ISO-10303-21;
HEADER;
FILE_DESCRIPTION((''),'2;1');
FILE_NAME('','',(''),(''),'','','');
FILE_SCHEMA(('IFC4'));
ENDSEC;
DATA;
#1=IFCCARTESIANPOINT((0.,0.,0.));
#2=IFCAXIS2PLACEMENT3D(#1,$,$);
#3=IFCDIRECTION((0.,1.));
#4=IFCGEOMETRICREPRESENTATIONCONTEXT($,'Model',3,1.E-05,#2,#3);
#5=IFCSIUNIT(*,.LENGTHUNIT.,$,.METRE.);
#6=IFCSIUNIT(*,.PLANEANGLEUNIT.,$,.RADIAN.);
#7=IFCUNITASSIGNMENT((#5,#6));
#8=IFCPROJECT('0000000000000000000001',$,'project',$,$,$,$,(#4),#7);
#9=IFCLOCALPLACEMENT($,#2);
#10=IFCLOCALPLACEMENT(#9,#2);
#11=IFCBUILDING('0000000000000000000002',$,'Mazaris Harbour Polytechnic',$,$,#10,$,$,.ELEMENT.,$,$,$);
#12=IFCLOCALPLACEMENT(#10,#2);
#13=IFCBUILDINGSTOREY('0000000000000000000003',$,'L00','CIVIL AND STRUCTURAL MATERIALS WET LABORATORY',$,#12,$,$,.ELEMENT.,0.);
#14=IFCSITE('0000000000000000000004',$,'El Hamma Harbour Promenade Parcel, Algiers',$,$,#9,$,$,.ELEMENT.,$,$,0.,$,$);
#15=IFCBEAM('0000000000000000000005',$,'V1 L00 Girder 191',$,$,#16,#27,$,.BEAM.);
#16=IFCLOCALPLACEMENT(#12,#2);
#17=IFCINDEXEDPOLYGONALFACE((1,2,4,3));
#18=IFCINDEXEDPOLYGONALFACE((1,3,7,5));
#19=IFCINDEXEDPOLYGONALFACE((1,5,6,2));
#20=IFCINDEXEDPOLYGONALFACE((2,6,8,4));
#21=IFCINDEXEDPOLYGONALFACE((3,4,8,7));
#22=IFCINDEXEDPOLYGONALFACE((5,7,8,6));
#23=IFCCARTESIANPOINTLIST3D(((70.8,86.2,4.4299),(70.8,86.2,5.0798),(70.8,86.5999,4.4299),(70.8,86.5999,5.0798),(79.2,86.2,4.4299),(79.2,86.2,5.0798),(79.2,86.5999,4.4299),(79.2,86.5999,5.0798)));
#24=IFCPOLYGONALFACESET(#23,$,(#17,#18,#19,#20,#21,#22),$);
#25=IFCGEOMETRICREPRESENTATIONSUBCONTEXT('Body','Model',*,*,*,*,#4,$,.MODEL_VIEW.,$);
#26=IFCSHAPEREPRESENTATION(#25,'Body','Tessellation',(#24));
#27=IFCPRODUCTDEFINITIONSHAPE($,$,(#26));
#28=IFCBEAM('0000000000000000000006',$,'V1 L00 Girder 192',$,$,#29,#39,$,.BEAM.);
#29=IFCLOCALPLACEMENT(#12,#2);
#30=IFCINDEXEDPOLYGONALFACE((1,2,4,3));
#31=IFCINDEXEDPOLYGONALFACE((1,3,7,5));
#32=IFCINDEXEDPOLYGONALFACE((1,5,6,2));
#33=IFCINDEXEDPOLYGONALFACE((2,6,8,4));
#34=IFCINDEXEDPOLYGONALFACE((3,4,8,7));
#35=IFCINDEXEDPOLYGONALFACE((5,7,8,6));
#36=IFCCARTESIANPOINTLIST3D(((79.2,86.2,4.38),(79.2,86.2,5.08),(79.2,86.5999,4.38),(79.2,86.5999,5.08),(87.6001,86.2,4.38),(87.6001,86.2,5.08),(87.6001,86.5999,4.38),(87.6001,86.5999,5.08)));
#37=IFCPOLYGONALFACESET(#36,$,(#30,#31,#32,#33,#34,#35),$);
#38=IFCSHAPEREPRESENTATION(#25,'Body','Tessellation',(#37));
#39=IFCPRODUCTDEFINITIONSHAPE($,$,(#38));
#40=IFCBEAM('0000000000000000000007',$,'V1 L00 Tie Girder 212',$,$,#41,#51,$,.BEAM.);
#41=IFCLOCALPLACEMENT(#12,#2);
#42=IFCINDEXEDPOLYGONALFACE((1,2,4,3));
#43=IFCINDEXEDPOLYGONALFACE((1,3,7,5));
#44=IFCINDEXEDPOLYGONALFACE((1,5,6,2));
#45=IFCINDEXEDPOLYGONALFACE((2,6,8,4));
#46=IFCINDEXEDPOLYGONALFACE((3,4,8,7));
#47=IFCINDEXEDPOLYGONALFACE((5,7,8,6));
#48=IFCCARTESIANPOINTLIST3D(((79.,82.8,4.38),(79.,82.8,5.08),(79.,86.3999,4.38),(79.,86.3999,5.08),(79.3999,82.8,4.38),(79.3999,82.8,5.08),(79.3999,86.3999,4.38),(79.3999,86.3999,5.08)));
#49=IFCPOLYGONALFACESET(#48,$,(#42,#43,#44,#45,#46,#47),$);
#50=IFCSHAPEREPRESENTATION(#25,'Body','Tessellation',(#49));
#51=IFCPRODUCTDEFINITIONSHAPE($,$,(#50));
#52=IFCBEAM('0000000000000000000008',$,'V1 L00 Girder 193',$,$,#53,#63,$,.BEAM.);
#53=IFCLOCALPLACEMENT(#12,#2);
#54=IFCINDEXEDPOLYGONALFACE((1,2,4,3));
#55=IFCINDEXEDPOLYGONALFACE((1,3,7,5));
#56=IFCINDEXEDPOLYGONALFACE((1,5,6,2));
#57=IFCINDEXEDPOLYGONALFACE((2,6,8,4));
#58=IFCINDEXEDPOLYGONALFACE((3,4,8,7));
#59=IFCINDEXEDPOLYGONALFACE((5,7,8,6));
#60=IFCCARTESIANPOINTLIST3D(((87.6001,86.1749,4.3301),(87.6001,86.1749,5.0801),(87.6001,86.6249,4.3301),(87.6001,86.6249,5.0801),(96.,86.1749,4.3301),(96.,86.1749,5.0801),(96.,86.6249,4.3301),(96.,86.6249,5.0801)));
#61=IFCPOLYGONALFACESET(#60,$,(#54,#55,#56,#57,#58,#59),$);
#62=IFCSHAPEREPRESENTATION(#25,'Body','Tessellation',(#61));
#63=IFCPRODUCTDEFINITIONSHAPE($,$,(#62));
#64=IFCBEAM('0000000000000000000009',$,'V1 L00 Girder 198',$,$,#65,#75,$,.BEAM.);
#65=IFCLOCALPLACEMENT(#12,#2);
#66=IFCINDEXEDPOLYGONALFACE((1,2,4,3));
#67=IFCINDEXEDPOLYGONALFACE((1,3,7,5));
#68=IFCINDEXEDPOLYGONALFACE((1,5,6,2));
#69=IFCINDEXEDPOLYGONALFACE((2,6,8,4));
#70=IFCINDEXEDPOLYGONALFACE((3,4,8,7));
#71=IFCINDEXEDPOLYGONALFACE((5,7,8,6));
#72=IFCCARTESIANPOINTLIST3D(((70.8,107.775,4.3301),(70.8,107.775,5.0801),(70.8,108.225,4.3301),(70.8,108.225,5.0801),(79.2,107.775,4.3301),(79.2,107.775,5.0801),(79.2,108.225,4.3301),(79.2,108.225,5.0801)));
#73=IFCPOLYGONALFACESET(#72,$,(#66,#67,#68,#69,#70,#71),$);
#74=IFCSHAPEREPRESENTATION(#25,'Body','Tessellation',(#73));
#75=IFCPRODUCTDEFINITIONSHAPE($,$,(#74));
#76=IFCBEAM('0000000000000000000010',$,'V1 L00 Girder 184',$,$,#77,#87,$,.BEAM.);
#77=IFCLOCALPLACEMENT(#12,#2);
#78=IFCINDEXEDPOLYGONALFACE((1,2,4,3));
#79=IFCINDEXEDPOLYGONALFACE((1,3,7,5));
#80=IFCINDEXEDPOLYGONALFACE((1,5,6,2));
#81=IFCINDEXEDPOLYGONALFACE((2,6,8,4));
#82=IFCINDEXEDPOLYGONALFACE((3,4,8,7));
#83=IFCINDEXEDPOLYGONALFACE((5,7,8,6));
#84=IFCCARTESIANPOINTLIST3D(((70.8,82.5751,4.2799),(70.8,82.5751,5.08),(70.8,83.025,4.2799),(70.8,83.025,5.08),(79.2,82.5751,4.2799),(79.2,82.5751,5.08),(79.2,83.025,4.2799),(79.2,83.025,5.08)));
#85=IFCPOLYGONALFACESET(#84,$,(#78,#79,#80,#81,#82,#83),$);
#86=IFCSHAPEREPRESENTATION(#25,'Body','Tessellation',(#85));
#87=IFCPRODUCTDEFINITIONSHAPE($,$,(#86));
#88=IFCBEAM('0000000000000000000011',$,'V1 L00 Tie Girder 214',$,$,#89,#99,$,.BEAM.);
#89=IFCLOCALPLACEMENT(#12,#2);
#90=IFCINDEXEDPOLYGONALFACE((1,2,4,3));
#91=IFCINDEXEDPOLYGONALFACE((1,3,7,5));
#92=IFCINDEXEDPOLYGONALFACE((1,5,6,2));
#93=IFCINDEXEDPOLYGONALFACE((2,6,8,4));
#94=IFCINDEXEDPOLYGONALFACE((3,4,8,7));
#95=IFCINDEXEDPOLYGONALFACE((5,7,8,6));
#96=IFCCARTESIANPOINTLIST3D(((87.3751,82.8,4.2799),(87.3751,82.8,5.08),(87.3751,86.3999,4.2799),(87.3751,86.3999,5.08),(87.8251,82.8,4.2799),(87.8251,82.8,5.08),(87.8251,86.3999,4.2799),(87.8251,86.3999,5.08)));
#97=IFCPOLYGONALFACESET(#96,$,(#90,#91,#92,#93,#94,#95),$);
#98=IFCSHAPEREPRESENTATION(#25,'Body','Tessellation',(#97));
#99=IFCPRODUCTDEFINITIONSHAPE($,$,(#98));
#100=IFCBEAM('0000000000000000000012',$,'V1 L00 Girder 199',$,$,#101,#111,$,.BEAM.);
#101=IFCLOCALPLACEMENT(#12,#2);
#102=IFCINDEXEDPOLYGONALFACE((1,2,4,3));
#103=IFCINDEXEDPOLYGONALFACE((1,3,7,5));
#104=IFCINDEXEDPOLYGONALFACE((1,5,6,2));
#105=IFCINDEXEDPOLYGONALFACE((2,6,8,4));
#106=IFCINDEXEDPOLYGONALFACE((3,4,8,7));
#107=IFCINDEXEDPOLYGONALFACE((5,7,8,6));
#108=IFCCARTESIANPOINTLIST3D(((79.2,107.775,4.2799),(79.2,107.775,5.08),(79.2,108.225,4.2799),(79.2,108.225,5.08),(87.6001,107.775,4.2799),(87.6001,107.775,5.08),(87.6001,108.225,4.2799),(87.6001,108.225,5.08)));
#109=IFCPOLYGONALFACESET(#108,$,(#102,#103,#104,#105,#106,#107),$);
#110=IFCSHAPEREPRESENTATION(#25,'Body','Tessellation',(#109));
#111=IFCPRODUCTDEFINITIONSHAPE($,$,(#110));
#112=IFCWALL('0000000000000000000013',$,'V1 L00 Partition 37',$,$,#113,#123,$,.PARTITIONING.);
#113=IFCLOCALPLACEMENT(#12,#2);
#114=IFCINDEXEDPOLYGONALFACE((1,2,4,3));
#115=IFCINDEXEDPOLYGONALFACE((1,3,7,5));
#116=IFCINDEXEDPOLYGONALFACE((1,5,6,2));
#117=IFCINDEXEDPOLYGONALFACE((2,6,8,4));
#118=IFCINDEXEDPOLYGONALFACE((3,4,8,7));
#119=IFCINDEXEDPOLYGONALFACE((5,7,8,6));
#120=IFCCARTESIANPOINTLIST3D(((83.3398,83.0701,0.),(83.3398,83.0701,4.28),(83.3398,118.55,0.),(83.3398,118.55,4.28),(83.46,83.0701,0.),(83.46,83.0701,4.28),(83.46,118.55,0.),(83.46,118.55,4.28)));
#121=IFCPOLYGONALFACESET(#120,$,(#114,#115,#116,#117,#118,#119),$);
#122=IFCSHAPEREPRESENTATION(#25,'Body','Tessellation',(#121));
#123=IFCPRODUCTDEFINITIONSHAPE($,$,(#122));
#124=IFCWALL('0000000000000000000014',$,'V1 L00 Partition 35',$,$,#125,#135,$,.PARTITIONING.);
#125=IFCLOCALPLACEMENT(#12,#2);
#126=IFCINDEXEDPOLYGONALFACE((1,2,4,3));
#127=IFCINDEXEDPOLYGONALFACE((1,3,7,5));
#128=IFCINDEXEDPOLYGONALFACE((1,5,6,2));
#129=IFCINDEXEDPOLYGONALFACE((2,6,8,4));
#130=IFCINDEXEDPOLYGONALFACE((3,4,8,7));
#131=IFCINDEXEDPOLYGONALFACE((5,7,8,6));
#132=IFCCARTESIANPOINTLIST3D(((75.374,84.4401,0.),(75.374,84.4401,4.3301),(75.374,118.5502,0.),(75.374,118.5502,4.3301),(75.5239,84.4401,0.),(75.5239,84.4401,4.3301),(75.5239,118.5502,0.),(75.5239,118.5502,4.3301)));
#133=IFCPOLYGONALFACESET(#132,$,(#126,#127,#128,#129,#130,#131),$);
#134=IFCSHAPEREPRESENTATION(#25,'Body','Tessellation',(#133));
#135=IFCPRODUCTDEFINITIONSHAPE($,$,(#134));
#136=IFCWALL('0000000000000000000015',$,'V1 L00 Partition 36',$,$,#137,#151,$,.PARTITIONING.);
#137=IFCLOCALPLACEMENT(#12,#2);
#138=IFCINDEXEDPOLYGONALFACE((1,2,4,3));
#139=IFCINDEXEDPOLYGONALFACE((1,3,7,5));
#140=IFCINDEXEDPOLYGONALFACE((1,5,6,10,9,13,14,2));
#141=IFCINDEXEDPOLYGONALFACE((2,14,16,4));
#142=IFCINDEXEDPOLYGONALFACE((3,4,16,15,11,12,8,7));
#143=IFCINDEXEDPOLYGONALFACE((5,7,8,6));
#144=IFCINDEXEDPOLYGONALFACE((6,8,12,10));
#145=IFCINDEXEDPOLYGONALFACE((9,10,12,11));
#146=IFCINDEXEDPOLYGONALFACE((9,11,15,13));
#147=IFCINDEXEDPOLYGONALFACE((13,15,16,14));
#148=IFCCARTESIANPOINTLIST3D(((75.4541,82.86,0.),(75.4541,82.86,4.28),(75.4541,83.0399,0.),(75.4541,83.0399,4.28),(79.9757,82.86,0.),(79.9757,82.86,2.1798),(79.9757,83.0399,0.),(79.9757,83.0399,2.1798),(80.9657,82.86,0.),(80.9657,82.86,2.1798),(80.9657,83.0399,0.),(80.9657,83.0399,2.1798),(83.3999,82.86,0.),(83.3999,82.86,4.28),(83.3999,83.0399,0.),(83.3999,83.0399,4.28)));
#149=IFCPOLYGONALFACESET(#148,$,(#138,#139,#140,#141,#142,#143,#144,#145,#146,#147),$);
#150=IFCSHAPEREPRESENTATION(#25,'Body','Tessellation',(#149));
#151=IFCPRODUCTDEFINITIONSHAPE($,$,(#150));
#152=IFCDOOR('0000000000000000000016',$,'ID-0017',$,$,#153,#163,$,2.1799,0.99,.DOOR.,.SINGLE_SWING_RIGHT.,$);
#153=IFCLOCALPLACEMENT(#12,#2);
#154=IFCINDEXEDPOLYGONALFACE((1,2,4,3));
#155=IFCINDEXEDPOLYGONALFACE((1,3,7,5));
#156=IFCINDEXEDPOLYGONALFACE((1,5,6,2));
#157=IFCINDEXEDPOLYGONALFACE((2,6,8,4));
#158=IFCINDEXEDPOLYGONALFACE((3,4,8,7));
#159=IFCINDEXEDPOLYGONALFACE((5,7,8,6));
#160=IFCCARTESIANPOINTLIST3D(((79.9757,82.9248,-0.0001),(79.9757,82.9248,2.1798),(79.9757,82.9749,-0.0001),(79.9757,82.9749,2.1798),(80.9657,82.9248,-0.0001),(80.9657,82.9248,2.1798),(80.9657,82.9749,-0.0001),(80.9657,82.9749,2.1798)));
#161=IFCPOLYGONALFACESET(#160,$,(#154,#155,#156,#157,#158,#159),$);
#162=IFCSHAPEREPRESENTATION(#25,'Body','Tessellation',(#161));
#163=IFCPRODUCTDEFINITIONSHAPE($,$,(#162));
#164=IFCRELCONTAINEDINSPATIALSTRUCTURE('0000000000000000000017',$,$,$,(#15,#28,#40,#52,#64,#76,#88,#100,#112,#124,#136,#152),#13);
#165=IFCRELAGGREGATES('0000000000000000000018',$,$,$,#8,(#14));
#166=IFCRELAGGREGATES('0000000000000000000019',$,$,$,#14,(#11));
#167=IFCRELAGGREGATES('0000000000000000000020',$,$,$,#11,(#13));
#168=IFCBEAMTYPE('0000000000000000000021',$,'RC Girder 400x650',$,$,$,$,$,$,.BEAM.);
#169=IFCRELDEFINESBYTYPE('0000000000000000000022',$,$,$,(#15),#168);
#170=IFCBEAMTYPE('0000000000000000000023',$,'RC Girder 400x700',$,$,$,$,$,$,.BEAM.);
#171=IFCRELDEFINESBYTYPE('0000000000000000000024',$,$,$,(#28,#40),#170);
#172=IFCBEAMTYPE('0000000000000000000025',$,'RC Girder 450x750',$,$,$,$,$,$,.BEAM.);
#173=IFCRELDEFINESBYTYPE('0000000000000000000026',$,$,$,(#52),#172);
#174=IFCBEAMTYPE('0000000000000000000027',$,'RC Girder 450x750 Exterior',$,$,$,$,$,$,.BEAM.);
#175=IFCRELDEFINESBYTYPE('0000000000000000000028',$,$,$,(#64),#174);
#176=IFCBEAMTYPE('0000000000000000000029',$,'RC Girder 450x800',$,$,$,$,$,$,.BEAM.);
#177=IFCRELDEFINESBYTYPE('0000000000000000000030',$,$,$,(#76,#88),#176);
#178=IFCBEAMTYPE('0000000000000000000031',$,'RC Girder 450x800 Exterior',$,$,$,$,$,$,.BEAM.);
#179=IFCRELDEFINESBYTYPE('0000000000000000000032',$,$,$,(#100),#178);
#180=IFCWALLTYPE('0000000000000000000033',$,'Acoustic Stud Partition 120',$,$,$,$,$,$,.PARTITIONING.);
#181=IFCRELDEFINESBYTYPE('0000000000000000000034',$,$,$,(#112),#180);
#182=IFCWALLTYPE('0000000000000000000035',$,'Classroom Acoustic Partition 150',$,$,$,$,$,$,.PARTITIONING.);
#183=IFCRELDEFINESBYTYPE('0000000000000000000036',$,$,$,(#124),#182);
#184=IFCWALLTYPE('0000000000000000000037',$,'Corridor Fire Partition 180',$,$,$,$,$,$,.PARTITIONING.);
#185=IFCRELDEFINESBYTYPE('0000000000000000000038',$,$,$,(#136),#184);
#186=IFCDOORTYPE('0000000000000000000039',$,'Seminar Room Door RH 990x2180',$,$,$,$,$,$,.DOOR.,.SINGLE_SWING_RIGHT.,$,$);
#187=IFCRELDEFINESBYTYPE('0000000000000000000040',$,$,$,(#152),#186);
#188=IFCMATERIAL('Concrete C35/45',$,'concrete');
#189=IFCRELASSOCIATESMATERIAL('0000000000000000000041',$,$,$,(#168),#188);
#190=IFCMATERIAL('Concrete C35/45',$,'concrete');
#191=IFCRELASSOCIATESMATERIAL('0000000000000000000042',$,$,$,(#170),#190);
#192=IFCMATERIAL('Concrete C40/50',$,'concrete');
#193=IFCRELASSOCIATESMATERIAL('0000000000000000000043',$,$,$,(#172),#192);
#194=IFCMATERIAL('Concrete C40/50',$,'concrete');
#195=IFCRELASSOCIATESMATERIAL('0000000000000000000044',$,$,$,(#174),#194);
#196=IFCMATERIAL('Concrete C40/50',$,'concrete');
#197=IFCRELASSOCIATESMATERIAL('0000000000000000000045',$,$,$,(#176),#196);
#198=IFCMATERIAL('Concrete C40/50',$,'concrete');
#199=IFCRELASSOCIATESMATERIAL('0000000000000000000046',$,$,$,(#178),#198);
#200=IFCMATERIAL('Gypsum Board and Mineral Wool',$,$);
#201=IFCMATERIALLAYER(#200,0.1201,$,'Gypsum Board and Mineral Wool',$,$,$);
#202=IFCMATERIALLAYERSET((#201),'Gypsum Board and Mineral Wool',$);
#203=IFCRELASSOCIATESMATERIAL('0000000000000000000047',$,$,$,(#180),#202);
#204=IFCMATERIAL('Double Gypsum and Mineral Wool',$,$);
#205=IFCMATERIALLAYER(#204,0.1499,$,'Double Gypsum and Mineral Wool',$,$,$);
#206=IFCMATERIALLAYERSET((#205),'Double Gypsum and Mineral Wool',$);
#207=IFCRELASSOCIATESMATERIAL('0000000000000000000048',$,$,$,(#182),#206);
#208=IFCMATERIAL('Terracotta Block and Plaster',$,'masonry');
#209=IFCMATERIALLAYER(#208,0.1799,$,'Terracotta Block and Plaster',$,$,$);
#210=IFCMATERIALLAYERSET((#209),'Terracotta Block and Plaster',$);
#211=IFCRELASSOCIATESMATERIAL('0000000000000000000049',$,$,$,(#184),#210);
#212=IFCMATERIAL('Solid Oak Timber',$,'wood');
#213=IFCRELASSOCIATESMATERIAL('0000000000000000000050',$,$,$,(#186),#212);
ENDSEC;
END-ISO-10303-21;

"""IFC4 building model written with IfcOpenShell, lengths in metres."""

from ifc_helpers import new_model, si_unit, direction, frame, frame_2d, origin, origin_2d, place, context, subcontext, project, spatial, rectangle, extrude, material, layer, layer_set, material_profile, profile_set, type_object, element, fill, save


model = new_model("IFC4")

# Units and contexts
model_context = context("Model", 3, precision=1e-05, world=origin(), true_north=direction((0.0, 1.0)))
body_context = subcontext(model_context, "Body", "Model", "MODEL_VIEW")
ifc_project = project(units=[si_unit("LENGTHUNIT", "METRE"), si_unit("PLANEANGLEUNIT", "RADIAN")], contexts=[model_context])

# Site, building, storey
site_placement = place(None, origin())
site = spatial("IfcSite", under=ifc_project, at=site_placement, Name="El Hamma Harbour Promenade Parcel, Algiers", CompositionType="ELEMENT", RefElevation=0.0)
building_placement = place(site_placement, origin())
building = spatial("IfcBuilding", under=site, at=building_placement, Name="Mazaris Harbour Polytechnic", CompositionType="ELEMENT")
storey_placement = place(building_placement, origin())
storey = spatial("IfcBuildingStorey", under=building, at=storey_placement, Name="L00", Description="CIVIL AND STRUCTURAL MATERIALS WET LABORATORY", CompositionType="ELEMENT", Elevation=0.0)

# Beams
ifc_material_1 = material(Name="Concrete C35/45", Category="concrete")
ifc_material_profile_1 = material_profile(ifc_material_1, rectangle(XDim=0.3999, YDim=0.6499, at=origin_2d()), Name="RECT400x650")
ifc_profile_set_1 = profile_set([ifc_material_profile_1], Name="Concrete C35/45")
beam_type_1 = type_object("IfcBeamType", Name="RC Girder 400x650", PredefinedType="BEAM", material=ifc_profile_set_1)
for number, where, z_axis, x_axis, name in (
    (1, (70.8, 86.3999, 4.7549), (1.0, 0.0, 0.0), (0.0, 1.0, 0.0), "V1 L00 Girder 191"),
):
    element("IfcBeam", number, at=place(storey_placement, frame(where, z_axis=z_axis, x_axis=x_axis)), inside=storey, type_object=beam_type_1, Name=name, PredefinedType="BEAM", context=body_context, shape_type="SweptSolid", body=[
        extrude(rectangle(XDim=0.3999, YDim=0.6499, at=origin_2d()), origin(), (0.0, 0.0, 1.0), 8.3999),
    ])
ifc_material_2 = material(Name="Concrete C35/45", Category="concrete")
ifc_material_profile_2 = material_profile(ifc_material_2, rectangle(XDim=0.3999, YDim=0.7, at=origin_2d()), Name="RECT400x700")
ifc_profile_set_2 = profile_set([ifc_material_profile_2], Name="Concrete C35/45")
beam_type_2 = type_object("IfcBeamType", Name="RC Girder 400x700", PredefinedType="BEAM", material=ifc_profile_set_2)
beam_1_placement = place(storey_placement, frame((79.2, 86.3999, 4.73), z_axis=(1.0, 0.0, 0.0), x_axis=(0.0, 1.0, 0.0)))
element("IfcBeam", 2, at=beam_1_placement, inside=storey, type_object=beam_type_2, Name="V1 L00 Girder 192", PredefinedType="BEAM", context=body_context, shape_type="SweptSolid", body=[
    extrude(rectangle(XDim=0.3999, YDim=0.7, at=origin_2d()), origin(), (0.0, 0.0, 1.0), 8.4001),
])
beam_2_placement = place(storey_placement, frame((79.2, 82.8, 4.73), z_axis=(0.0, 1.0, 0.0), x_axis=(-1.0, 0.0, 0.0)))
element("IfcBeam", 3, at=beam_2_placement, inside=storey, type_object=beam_type_2, Name="V1 L00 Tie Girder 212", PredefinedType="BEAM", context=body_context, shape_type="SweptSolid", body=[
    extrude(rectangle(XDim=0.3999, YDim=0.7, at=origin_2d()), origin(), (0.0, 0.0, 1.0), 3.5999),
])
ifc_material_3 = material(Name="Concrete C40/50", Category="concrete")
ifc_material_profile_3 = material_profile(ifc_material_3, rectangle(XDim=0.45, YDim=0.75, at=origin_2d()), Name="RECT450x750")
ifc_profile_set_3 = profile_set([ifc_material_profile_3], Name="Concrete C40/50")
beam_type_3 = type_object("IfcBeamType", Name="RC Girder 450x750", PredefinedType="BEAM", material=ifc_profile_set_3)
beam_3_placement = place(storey_placement, frame((87.6001, 86.3999, 4.7051), z_axis=(1.0, 0.0, 0.0), x_axis=(0.0, 1.0, 0.0)))
element("IfcBeam", 4, at=beam_3_placement, inside=storey, type_object=beam_type_3, Name="V1 L00 Girder 193", PredefinedType="BEAM", context=body_context, shape_type="SweptSolid", body=[
    extrude(rectangle(XDim=0.45, YDim=0.75, at=origin_2d()), origin(), (0.0, 0.0, 1.0), 8.3999),
])
ifc_material_4 = material(Name="Concrete C40/50", Category="concrete")
ifc_material_profile_4 = material_profile(ifc_material_4, rectangle(XDim=0.45, YDim=0.75, at=origin_2d()), Name="RECT450x750")
ifc_profile_set_4 = profile_set([ifc_material_profile_4], Name="Concrete C40/50")
beam_type_4 = type_object("IfcBeamType", Name="RC Girder 450x750 Exterior", PredefinedType="BEAM", material=ifc_profile_set_4)
beam_4_placement = place(storey_placement, frame((70.8, 108.0, 4.7051), z_axis=(1.0, 0.0, 0.0), x_axis=(0.0, 1.0, 0.0)))
element("IfcBeam", 5, at=beam_4_placement, inside=storey, type_object=beam_type_4, Name="V1 L00 Girder 198", PredefinedType="BEAM", context=body_context, shape_type="SweptSolid", body=[
    extrude(rectangle(XDim=0.45, YDim=0.75, at=origin_2d()), origin(), (0.0, 0.0, 1.0), 8.3999),
])
ifc_material_5 = material(Name="Concrete C40/50", Category="concrete")
ifc_material_profile_5 = material_profile(ifc_material_5, rectangle(XDim=0.45, YDim=0.8, at=origin_2d()), Name="RECT450x800")
ifc_profile_set_5 = profile_set([ifc_material_profile_5], Name="Concrete C40/50")
beam_type_5 = type_object("IfcBeamType", Name="RC Girder 450x800", PredefinedType="BEAM", material=ifc_profile_set_5)
beam_5_placement = place(storey_placement, frame((70.8, 82.8, 4.6799), z_axis=(1.0, 0.0, 0.0), x_axis=(0.0, 1.0, 0.0)))
element("IfcBeam", 6, at=beam_5_placement, inside=storey, type_object=beam_type_5, Name="V1 L00 Girder 184", PredefinedType="BEAM", context=body_context, shape_type="SweptSolid", body=[
    extrude(rectangle(XDim=0.45, YDim=0.8, at=origin_2d()), origin(), (0.0, 0.0, 1.0), 8.3999),
])
beam_6_placement = place(storey_placement, frame((87.6001, 82.8, 4.6799), z_axis=(0.0, 1.0, 0.0), x_axis=(-1.0, 0.0, 0.0)))
element("IfcBeam", 7, at=beam_6_placement, inside=storey, type_object=beam_type_5, Name="V1 L00 Tie Girder 214", PredefinedType="BEAM", context=body_context, shape_type="SweptSolid", body=[
    extrude(rectangle(XDim=0.45, YDim=0.8, at=origin_2d()), origin(), (0.0, 0.0, 1.0), 3.5999),
])
ifc_material_6 = material(Name="Concrete C40/50", Category="concrete")
ifc_material_profile_6 = material_profile(ifc_material_6, rectangle(XDim=0.45, YDim=0.8, at=origin_2d()), Name="RECT450x800")
ifc_profile_set_6 = profile_set([ifc_material_profile_6], Name="Concrete C40/50")
beam_type_6 = type_object("IfcBeamType", Name="RC Girder 450x800 Exterior", PredefinedType="BEAM", material=ifc_profile_set_6)
beam_7_placement = place(storey_placement, frame((79.2, 108.0, 4.6799), z_axis=(1.0, 0.0, 0.0), x_axis=(0.0, 1.0, 0.0)))
element("IfcBeam", 8, at=beam_7_placement, inside=storey, type_object=beam_type_6, Name="V1 L00 Girder 199", PredefinedType="BEAM", context=body_context, shape_type="SweptSolid", body=[
    extrude(rectangle(XDim=0.45, YDim=0.8, at=origin_2d()), origin(), (0.0, 0.0, 1.0), 8.4001),
])

# Walls
ifc_material_7 = material(Name="Gypsum Board and Mineral Wool")
ifc_layer_1 = layer(ifc_material_7, 0.1201, Name="Gypsum Board and Mineral Wool")
ifc_layer_set_1 = layer_set([ifc_layer_1], Name="Gypsum Board and Mineral Wool")
wall_type_1 = type_object("IfcWallType", Name="Acoustic Stud Partition 120", PredefinedType="PARTITIONING", material=ifc_layer_set_1)
wall_1_placement = place(storey_placement, frame((83.3999, 83.0701, 0.0), z_axis=(0.0, 0.0, 1.0), x_axis=(0.0, 1.0, 0.0)))
element("IfcWall", 9, at=wall_1_placement, inside=storey, type_object=wall_type_1, Name="V1 L00 Partition 37", PredefinedType="PARTITIONING", context=body_context, shape_type="SweptSolid", body=[
    extrude(rectangle(XDim=35.48, YDim=0.1201, at=frame_2d((17.74, 0.0))), origin(), (0.0, 0.0, 1.0), 4.28),
])
ifc_material_8 = material(Name="Double Gypsum and Mineral Wool")
ifc_layer_2 = layer(ifc_material_8, 0.1499, Name="Double Gypsum and Mineral Wool")
ifc_layer_set_2 = layer_set([ifc_layer_2], Name="Double Gypsum and Mineral Wool")
wall_type_2 = type_object("IfcWallType", Name="Classroom Acoustic Partition 150", PredefinedType="PARTITIONING", material=ifc_layer_set_2)
wall_2_placement = place(storey_placement, frame((75.449, 84.4399, 0.0), z_axis=(0.0, 0.0, 1.0), x_axis=(0.0, 1.0, 0.0)))
element("IfcWall", 10, at=wall_2_placement, inside=storey, type_object=wall_type_2, Name="V1 L00 Partition 35", PredefinedType="PARTITIONING", context=body_context, shape_type="SweptSolid", body=[
    extrude(rectangle(XDim=34.1101, YDim=0.1499, at=frame_2d((17.0552, 0.0))), origin(), (0.0, 0.0, 1.0), 4.3301),
])

# Wall, opening, door
ifc_material_9 = material(Name="Terracotta Block and Plaster", Category="masonry")
ifc_layer_3 = layer(ifc_material_9, 0.1799, Name="Terracotta Block and Plaster")
ifc_layer_set_3 = layer_set([ifc_layer_3], Name="Terracotta Block and Plaster")
wall_type_3 = type_object("IfcWallType", Name="Corridor Fire Partition 180", PredefinedType="PARTITIONING", material=ifc_layer_set_3)
wall_3_placement = place(storey_placement, frame((75.4541, 82.95, 0.0), z_axis=(0.0, 0.0, 1.0), x_axis=(1.0, 0.0, 0.0)))
wall_3 = element("IfcWall", 11, at=wall_3_placement, inside=storey, type_object=wall_type_3, Name="V1 L00 Partition 36", PredefinedType="PARTITIONING", context=body_context, shape_type="SweptSolid", body=[
    extrude(rectangle(XDim=7.9458, YDim=0.1799, at=frame_2d((3.9729, 0.0))), origin(), (0.0, 0.0, 1.0), 4.28),
])
opening_1_placement = place(wall_3_placement, frame((4.5215, 0.0, 0.0)))
opening_1 = element("IfcOpeningElement", 12, at=opening_1_placement, cuts=wall_3, PredefinedType="OPENING", context=body_context, shape_type="SweptSolid", body=[
    extrude(rectangle(XDim=0.99, YDim=2.1799, at=frame_2d((0.4951, 1.0898))), frame((0.0, 0.0999, 0.0), z_axis=(0.0, -1.0, 0.0), x_axis=(1.0, 0.0, 0.0)), (0.0, 0.0, 1.0), 0.2),
])
ifc_material_10 = material(Name="Solid Oak Timber", Category="wood")
door_type_1 = type_object("IfcDoorType", Name="Seminar Room Door RH 990x2180", OperationType="SINGLE_SWING_RIGHT", PredefinedType="DOOR", material=ifc_material_10)
door_1_placement = place(opening_1_placement, origin())
door_1 = element("IfcDoor", 13, at=door_1_placement, inside=storey, type_object=door_type_1, Name="ID-0017", OperationType="SINGLE_SWING_RIGHT", OverallHeight=2.1799, OverallWidth=0.99, PredefinedType="DOOR", context=body_context, shape_type="SweptSolid", body=[
    extrude(rectangle(XDim=0.99, YDim=2.1799, at=frame_2d((0.4951, 1.0898))), frame((0.0, 0.0249, 0.0), z_axis=(0.0, -1.0, 0.0), x_axis=(1.0, 0.0, 0.0)), (0.0, 0.0, 1.0), 0.05),
])
fill(opening_1, door_1)

save(model, "model.ifc")
